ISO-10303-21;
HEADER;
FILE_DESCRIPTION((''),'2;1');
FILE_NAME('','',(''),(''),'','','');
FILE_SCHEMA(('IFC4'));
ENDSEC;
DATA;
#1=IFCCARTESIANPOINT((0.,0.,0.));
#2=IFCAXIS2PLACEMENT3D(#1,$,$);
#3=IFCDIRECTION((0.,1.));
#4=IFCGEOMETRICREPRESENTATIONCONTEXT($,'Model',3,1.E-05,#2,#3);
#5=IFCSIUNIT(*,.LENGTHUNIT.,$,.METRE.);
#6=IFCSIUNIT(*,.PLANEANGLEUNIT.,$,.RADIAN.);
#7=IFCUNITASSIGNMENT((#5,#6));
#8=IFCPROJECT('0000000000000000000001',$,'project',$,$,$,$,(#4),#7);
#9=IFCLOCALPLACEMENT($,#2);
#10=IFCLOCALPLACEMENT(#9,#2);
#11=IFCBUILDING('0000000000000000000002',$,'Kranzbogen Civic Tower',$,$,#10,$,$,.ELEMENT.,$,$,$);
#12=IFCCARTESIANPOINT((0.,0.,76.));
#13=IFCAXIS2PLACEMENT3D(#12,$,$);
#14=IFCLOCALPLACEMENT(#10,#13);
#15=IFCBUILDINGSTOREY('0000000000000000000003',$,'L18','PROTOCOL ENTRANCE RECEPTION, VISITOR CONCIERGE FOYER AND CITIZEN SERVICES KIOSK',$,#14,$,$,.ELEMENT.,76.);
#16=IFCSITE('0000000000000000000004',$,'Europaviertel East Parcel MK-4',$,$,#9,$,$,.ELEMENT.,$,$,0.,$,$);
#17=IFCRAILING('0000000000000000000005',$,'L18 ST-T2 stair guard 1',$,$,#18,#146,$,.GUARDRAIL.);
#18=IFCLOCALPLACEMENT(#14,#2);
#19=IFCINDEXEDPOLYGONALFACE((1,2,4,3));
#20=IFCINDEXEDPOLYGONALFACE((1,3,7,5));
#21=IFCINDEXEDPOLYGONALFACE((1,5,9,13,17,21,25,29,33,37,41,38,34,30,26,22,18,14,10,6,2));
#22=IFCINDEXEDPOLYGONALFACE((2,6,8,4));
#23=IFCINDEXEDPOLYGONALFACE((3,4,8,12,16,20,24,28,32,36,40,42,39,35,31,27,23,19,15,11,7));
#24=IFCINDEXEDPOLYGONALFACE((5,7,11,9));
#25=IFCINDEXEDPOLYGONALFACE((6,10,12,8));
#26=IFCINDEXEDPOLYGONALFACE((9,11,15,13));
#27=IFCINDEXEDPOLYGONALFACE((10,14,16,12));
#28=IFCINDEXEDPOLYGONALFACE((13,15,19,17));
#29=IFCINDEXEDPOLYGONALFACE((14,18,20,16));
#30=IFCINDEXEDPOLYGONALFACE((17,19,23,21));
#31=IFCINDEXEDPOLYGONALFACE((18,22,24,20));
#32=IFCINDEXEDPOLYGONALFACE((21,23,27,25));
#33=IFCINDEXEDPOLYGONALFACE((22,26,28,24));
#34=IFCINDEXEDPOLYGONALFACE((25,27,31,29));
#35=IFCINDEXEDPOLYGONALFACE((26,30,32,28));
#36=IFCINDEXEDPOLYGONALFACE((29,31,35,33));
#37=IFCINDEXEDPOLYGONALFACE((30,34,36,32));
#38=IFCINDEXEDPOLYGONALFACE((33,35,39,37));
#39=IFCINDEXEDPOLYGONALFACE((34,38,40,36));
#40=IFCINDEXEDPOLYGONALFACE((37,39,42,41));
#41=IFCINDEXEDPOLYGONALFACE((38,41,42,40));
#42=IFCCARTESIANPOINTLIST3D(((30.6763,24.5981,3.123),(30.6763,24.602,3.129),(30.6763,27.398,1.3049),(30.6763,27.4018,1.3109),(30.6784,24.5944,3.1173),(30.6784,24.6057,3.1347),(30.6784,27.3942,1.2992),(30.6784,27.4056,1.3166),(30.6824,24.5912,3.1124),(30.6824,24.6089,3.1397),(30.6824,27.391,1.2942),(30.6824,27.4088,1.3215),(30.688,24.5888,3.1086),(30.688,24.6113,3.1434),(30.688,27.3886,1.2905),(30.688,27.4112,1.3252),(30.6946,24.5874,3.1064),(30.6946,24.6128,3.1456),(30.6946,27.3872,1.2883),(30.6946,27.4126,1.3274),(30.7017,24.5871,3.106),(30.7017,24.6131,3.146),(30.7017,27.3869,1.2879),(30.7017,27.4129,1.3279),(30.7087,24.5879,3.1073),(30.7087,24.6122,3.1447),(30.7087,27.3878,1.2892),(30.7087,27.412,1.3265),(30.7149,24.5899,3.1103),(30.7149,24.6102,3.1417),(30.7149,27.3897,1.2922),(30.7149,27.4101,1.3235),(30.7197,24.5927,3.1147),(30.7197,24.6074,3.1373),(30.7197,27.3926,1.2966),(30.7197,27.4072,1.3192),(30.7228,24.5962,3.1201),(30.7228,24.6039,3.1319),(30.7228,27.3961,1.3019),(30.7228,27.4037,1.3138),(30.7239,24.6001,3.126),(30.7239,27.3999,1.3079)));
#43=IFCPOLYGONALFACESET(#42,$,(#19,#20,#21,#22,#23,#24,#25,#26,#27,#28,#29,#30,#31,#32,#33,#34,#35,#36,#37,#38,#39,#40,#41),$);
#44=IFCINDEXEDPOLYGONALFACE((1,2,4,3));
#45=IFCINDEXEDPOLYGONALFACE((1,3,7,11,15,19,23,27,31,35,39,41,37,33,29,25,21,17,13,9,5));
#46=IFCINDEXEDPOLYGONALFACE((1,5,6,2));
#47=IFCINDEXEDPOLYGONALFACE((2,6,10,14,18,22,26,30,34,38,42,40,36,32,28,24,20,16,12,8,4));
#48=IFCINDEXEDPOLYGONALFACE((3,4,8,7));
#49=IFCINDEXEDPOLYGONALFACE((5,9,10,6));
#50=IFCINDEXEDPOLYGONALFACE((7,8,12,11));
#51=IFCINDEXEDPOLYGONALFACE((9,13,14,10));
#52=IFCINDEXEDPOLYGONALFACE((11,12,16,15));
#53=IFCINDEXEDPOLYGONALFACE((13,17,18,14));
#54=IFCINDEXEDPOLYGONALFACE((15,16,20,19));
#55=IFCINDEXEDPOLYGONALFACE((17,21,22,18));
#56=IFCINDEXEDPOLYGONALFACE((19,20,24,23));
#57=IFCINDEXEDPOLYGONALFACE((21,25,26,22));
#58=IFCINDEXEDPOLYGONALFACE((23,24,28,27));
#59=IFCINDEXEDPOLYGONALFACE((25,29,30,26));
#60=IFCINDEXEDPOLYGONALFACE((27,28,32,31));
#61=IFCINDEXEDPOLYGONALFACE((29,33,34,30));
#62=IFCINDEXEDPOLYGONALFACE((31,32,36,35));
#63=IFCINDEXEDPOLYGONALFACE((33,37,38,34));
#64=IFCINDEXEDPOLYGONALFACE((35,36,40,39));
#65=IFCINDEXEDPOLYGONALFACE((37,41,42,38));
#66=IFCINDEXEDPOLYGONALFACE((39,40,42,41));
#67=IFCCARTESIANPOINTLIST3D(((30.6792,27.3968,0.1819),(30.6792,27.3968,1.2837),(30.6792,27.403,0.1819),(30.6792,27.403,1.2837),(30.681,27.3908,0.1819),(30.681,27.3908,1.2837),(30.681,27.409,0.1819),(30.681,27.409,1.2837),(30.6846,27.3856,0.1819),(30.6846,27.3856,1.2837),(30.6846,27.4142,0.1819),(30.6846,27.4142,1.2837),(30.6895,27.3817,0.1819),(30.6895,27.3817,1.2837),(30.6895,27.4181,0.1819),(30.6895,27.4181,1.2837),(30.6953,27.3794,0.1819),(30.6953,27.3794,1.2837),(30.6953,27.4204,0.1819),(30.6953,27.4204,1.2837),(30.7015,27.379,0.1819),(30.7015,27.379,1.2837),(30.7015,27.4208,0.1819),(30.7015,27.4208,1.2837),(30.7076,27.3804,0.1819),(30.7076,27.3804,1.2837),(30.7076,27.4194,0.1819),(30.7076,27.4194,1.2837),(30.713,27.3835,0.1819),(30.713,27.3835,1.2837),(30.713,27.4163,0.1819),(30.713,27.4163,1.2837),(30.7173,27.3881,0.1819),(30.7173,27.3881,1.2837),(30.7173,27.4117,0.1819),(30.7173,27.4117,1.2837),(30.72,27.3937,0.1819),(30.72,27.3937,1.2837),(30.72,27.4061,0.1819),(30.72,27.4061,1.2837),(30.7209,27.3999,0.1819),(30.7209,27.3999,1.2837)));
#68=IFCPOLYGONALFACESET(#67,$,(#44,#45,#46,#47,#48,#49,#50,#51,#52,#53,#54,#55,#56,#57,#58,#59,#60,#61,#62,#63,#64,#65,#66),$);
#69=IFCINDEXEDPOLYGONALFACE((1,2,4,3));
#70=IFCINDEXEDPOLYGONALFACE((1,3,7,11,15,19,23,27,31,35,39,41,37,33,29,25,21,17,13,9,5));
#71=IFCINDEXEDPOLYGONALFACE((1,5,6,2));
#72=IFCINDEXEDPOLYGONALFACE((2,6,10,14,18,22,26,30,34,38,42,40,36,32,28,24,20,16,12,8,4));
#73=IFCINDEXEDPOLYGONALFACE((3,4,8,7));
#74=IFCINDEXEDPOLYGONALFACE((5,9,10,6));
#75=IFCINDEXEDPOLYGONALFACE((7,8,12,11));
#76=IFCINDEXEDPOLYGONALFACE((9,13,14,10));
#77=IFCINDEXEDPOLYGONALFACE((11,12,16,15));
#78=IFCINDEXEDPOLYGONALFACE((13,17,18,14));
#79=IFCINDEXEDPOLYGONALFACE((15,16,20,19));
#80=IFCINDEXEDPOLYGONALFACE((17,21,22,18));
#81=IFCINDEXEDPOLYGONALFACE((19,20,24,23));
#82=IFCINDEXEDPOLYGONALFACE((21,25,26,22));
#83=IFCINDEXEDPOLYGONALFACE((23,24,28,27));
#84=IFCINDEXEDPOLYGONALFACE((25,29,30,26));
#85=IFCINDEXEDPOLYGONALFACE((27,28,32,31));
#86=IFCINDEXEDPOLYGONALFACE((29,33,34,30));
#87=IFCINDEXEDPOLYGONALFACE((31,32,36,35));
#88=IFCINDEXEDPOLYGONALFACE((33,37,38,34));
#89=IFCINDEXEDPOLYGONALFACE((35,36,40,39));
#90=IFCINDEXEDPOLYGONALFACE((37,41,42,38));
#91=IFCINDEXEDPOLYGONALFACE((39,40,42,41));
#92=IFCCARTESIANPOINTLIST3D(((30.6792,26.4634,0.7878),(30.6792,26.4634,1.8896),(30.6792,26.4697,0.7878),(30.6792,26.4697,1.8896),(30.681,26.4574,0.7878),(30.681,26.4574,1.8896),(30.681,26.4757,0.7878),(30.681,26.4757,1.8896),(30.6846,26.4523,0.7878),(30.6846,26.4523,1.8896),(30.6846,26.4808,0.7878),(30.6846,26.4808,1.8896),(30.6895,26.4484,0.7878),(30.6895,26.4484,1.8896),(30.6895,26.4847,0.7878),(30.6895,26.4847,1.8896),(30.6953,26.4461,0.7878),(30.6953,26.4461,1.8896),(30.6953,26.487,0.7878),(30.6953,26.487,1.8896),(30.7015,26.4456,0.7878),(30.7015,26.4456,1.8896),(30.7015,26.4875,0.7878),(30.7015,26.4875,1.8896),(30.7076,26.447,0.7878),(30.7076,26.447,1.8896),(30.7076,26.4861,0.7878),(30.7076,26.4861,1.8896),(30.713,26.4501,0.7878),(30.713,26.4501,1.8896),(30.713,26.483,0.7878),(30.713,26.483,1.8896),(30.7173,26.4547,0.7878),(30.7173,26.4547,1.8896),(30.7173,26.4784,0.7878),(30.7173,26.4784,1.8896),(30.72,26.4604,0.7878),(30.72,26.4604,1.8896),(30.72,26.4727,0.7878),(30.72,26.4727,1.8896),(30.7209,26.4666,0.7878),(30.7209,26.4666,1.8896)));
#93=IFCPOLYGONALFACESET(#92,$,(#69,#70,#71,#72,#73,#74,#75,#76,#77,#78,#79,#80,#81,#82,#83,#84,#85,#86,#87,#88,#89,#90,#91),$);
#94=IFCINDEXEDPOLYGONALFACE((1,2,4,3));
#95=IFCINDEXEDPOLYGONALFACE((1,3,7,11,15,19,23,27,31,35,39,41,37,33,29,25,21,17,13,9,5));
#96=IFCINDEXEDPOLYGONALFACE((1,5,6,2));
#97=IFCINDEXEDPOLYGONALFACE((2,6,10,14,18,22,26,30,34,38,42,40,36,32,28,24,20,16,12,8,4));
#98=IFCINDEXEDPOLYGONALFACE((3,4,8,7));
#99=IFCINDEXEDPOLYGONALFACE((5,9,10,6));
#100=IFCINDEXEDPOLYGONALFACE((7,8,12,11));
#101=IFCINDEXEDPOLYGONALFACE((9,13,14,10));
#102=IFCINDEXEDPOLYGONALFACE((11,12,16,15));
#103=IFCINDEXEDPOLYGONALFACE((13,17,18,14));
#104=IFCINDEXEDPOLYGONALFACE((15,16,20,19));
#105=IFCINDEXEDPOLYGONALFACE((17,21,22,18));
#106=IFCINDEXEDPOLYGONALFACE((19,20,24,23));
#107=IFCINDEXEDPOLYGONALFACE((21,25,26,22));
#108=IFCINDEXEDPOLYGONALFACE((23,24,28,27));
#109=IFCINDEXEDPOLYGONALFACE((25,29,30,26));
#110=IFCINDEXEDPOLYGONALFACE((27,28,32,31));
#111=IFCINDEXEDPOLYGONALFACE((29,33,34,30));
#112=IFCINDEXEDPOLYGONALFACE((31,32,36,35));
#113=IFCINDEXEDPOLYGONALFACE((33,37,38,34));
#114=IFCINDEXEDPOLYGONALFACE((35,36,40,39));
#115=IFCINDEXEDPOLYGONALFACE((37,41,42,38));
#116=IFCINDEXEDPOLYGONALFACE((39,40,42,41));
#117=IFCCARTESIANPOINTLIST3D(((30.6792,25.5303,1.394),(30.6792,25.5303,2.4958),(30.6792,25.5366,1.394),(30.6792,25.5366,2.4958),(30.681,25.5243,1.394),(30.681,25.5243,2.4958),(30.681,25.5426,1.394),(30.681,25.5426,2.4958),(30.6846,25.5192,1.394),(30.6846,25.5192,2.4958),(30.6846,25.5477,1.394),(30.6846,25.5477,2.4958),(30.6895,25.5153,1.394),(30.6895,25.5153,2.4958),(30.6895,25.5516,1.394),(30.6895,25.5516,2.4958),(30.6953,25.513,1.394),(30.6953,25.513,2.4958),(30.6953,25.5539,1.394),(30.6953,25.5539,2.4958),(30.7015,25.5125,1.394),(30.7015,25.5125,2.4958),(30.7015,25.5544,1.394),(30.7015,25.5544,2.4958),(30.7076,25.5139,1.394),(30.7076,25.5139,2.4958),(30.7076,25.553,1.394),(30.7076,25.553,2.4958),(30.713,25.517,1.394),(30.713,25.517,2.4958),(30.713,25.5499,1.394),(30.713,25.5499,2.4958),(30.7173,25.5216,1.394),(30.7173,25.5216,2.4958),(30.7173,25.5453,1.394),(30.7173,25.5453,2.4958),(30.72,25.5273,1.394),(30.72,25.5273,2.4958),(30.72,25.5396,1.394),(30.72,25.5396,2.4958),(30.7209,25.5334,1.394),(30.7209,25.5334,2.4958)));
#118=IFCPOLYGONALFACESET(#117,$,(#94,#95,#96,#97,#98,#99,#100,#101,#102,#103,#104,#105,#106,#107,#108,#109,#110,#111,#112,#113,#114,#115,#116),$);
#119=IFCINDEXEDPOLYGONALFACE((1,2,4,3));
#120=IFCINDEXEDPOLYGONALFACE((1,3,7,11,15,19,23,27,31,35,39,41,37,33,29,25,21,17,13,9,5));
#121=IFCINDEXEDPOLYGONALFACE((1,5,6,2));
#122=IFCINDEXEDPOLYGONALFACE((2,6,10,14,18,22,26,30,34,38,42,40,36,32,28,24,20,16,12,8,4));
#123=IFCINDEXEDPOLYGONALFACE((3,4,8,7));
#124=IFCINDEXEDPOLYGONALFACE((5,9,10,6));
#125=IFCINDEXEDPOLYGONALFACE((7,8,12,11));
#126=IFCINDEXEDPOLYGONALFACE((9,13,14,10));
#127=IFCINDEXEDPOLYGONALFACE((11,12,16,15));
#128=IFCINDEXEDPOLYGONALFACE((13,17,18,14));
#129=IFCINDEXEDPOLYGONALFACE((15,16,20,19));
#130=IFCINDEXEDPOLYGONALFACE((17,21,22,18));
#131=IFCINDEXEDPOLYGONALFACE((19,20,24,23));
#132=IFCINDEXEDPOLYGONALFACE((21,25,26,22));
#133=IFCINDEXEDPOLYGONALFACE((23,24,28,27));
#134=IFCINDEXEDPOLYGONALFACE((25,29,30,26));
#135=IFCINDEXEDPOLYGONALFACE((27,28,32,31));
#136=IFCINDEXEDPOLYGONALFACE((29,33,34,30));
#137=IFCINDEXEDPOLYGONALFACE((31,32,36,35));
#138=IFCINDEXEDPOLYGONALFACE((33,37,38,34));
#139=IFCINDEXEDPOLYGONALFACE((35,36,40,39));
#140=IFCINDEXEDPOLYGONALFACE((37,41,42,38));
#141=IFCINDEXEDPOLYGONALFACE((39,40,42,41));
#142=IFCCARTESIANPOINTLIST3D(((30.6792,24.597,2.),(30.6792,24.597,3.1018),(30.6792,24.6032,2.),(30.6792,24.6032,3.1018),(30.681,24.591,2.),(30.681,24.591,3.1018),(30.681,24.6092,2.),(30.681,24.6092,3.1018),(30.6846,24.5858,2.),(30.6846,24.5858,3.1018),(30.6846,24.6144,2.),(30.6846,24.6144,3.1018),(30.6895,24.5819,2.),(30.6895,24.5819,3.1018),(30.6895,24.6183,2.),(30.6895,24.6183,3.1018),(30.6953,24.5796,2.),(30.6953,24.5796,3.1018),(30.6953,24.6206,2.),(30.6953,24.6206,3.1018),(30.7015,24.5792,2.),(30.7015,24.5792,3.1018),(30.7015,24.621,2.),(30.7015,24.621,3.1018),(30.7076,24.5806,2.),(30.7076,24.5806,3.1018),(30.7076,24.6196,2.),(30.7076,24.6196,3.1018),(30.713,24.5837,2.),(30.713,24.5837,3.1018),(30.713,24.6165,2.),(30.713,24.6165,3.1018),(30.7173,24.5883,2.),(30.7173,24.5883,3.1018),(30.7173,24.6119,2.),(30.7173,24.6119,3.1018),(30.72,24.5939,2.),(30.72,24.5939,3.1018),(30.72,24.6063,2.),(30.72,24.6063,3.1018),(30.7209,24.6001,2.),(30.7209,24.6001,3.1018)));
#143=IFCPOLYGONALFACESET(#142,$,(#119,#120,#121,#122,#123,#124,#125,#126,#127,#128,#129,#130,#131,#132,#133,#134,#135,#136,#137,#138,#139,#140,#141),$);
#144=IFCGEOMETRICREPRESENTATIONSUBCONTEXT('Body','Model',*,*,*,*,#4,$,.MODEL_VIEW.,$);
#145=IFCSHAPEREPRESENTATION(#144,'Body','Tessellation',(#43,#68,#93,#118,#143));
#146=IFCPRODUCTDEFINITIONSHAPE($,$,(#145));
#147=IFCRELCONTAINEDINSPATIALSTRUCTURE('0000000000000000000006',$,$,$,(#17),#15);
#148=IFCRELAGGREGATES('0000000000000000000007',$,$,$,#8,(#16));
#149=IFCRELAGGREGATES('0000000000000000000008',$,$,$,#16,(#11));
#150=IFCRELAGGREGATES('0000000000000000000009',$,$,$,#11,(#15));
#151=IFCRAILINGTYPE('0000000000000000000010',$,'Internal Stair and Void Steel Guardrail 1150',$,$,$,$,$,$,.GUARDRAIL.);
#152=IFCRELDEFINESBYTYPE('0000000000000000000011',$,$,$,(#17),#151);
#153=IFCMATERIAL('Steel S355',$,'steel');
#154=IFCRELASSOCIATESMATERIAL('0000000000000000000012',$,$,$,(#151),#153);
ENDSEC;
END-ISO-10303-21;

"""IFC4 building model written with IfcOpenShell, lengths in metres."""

from ifc_helpers import new_model, si_unit, direction, frame, origin, origin_2d, place, context, subcontext, project, spatial, circle, extrude, material, type_object, element, save


model = new_model("IFC4")

# Units and contexts
model_context = context("Model", 3, precision=1e-05, world=origin(), true_north=direction((0.0, 1.0)))
body_context = subcontext(model_context, "Body", "Model", "MODEL_VIEW")
ifc_project = project(units=[si_unit("LENGTHUNIT", "METRE"), si_unit("PLANEANGLEUNIT", "RADIAN")], contexts=[model_context])

# Site, building, storey
site_placement = place(None, origin())
site = spatial("IfcSite", under=ifc_project, at=site_placement, Name="Europaviertel East Parcel MK-4", CompositionType="ELEMENT", RefElevation=0.0)
building_placement = place(site_placement, origin())
building = spatial("IfcBuilding", under=site, at=building_placement, Name="Kranzbogen Civic Tower", CompositionType="ELEMENT")
storey_placement = place(building_placement, frame((0.0, 0.0, 76.0)))
storey = spatial("IfcBuildingStorey", under=building, at=storey_placement, Name="L18", Description="PROTOCOL ENTRANCE RECEPTION, VISITOR CONCIERGE FOYER AND CITIZEN SERVICES KIOSK", CompositionType="ELEMENT", Elevation=76.0)

# Shared definitions
ifc_material_1 = material(Name="Steel S355", Category="steel")

# Railing
railing_type_1 = type_object("IfcRailingType", Name="Internal Stair and Void Steel Guardrail 1150", PredefinedType="GUARDRAIL", material=ifc_material_1)
railing_1_placement = place(storey_placement, frame((30.7, 27.3999, 0.1819)))
element("IfcRailing", 1, at=railing_1_placement, inside=storey, type_object=railing_type_1, Name="L18 ST-T2 stair guard 1", PredefinedType="GUARDRAIL", context=body_context, shape_type="SweptSolid", body=[
    extrude(circle(Radius=0.0239, at=origin_2d()), frame((0.0, 0.0, 1.126), z_axis=(0.0, -0.838684, 0.544618), x_axis=(1.0, 0.0, 0.0)), (0.0, 0.0, 1.0), 3.3384),
    extrude(circle(Radius=0.021, at=origin_2d()), origin(), (0.0, 0.0, 1.0), 1.1018),
    extrude(circle(Radius=0.021, at=origin_2d()), frame((0.0, -0.9333, 0.606)), (0.0, 0.0, 1.0), 1.1018),
    extrude(circle(Radius=0.021, at=origin_2d()), frame((0.0, -1.8665, 1.2122)), (0.0, 0.0, 1.0), 1.1018),
    extrude(circle(Radius=0.021, at=origin_2d()), frame((0.0, -2.7998, 1.8181)), (0.0, 0.0, 1.0), 1.1018),
])

save(model, "model.ifc")
